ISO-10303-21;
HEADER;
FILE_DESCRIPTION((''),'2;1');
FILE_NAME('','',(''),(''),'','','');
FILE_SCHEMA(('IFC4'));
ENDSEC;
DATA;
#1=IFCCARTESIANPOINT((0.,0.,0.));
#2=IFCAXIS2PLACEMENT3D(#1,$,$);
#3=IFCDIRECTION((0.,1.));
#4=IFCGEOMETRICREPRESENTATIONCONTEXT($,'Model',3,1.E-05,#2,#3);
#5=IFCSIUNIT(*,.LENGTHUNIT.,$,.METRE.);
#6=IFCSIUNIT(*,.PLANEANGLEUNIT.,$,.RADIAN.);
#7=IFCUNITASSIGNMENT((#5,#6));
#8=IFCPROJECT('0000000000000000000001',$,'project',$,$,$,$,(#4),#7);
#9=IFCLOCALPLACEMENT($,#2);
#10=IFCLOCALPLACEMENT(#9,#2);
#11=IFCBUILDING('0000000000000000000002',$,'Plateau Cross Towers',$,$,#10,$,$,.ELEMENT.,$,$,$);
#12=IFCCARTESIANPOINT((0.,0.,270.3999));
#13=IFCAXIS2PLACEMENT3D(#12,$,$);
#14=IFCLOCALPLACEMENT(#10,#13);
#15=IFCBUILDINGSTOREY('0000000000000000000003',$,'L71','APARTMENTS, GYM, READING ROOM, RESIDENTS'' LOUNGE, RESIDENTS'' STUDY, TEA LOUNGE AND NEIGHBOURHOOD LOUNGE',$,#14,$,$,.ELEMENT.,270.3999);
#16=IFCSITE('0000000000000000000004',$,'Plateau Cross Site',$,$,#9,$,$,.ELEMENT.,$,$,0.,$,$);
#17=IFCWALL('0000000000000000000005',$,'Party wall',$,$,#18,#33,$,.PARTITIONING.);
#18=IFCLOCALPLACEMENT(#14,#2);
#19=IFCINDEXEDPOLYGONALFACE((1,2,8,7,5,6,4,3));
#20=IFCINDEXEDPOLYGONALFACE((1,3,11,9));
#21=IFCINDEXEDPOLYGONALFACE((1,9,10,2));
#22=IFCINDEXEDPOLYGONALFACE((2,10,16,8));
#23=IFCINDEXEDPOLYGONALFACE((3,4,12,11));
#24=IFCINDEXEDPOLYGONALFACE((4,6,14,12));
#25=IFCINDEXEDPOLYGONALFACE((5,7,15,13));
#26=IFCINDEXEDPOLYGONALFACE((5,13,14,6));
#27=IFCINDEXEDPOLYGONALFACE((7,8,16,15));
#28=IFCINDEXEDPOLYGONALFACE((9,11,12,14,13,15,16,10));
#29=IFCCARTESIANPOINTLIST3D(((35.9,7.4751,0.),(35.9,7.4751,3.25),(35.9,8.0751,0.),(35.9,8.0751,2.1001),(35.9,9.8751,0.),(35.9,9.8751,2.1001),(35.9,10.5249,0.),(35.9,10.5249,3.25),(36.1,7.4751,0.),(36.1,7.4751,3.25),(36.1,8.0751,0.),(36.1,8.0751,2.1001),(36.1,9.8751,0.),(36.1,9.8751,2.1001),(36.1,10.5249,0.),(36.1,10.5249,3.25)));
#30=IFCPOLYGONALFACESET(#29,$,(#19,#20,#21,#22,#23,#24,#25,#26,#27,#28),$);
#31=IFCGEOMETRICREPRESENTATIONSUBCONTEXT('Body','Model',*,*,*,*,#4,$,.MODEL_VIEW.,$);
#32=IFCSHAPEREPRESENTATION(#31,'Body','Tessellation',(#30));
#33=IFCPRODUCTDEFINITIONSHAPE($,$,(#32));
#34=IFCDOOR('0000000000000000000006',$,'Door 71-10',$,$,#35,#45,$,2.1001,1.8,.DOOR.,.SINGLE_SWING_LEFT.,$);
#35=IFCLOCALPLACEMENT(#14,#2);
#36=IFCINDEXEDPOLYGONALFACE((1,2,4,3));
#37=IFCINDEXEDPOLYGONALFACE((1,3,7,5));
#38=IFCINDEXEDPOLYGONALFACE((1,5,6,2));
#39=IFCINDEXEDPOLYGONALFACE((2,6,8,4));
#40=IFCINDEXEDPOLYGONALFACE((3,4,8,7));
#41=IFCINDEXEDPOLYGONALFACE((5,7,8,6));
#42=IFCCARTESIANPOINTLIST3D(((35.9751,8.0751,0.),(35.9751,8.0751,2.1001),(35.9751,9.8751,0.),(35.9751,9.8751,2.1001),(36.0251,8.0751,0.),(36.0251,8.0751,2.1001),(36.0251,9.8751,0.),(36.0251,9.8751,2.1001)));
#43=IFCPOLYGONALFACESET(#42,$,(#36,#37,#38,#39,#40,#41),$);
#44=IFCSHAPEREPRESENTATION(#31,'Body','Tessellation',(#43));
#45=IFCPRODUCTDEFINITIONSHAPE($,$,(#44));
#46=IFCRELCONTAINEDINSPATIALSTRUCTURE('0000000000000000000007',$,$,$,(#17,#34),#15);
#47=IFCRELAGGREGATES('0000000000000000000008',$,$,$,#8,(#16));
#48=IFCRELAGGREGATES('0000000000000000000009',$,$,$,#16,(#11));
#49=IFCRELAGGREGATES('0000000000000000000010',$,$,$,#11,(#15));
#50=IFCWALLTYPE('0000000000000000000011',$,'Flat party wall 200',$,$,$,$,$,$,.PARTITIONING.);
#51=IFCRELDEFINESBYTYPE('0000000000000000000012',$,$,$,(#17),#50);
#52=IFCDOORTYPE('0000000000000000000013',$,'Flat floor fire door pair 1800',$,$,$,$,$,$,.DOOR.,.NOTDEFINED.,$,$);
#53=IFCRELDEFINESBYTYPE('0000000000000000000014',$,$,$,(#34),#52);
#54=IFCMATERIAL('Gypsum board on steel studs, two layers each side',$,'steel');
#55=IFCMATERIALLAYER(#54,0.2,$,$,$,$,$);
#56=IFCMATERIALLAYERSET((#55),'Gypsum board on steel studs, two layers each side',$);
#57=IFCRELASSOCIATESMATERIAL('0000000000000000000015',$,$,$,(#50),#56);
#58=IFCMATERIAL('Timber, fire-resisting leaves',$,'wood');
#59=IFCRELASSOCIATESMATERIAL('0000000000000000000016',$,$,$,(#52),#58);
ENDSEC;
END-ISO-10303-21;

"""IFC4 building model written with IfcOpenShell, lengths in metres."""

from ifc_helpers import new_model, si_unit, direction, frame, frame_2d, origin, place, context, subcontext, project, spatial, rectangle, extrude, material, layer, layer_set, type_object, element, fill, save


model = new_model("IFC4")

# Units and contexts
model_context = context("Model", 3, precision=1e-05, world=origin(), true_north=direction((0.0, 1.0)))
body_context = subcontext(model_context, "Body", "Model", "MODEL_VIEW")
ifc_project = project(units=[si_unit("LENGTHUNIT", "METRE"), si_unit("PLANEANGLEUNIT", "RADIAN")], contexts=[model_context])

# Site, building, storey
site_placement = place(None, origin())
site = spatial("IfcSite", under=ifc_project, at=site_placement, Name="Plateau Cross Site", CompositionType="ELEMENT", RefElevation=0.0)
building_placement = place(site_placement, origin())
building = spatial("IfcBuilding", under=site, at=building_placement, Name="Plateau Cross Towers", CompositionType="ELEMENT")
storey_placement = place(building_placement, frame((0.0, 0.0, 270.3999)))
storey = spatial("IfcBuildingStorey", under=building, at=storey_placement, Name="L71", Description="APARTMENTS, GYM, READING ROOM, RESIDENTS' LOUNGE, RESIDENTS' STUDY, TEA LOUNGE AND NEIGHBOURHOOD LOUNGE", CompositionType="ELEMENT", Elevation=270.3999)

# Shared definitions
ifc_material_1 = material(Name="Gypsum board on steel studs, two layers each side", Category="steel")
ifc_layer_1 = layer(ifc_material_1, 0.2)
ifc_layer_set_1 = layer_set([ifc_layer_1], Name="Gypsum board on steel studs, two layers each side")
wall_type_1 = type_object("IfcWallType", Name="Flat party wall 200", PredefinedType="PARTITIONING", material=ifc_layer_set_1)

# Wall, opening, door
wall_1_placement = place(storey_placement, frame((36.0, 7.4751, 0.0), z_axis=(0.0, 0.0, 1.0), x_axis=(0.0, 1.0, 0.0)))
wall_1 = element("IfcWall", 1, at=wall_1_placement, inside=storey, type_object=wall_type_1, Name="Party wall", PredefinedType="PARTITIONING", context=body_context, shape_type="SweptSolid", body=[
    extrude(rectangle(XDim=3.0498, YDim=0.2, at=frame_2d((1.5249, 0.0))), origin(), (0.0, 0.0, 1.0), 3.25),
])
opening_1_placement = place(wall_1_placement, frame((0.6001, 0.0, 0.0)))
opening_1 = element("IfcOpeningElement", 2, at=opening_1_placement, cuts=wall_1, PredefinedType="OPENING", context=body_context, shape_type="SweptSolid", body=[
    extrude(rectangle(XDim=1.8, YDim=2.1001, at=frame_2d((0.8999, 1.05))), frame((0.0, 0.1099, 0.0), z_axis=(0.0, -1.0, 0.0), x_axis=(1.0, 0.0, 0.0)), (0.0, 0.0, 1.0), 0.22),
])
ifc_material_2 = material(Name="Timber, fire-resisting leaves", Category="wood")
door_type_1 = type_object("IfcDoorType", Name="Flat floor fire door pair 1800", OperationType="NOTDEFINED", PredefinedType="DOOR", material=ifc_material_2)
door_1_placement = place(opening_1_placement, origin())
door_1 = element("IfcDoor", 3, at=door_1_placement, inside=storey, type_object=door_type_1, Name="Door 71-10", OperationType="SINGLE_SWING_LEFT", OverallHeight=2.1001, OverallWidth=1.8, PredefinedType="DOOR", context=body_context, shape_type="SweptSolid", body=[
    extrude(rectangle(XDim=1.8, YDim=2.1001, at=frame_2d((0.8999, 1.05))), frame((0.0, 0.0249, 0.0), z_axis=(0.0, -1.0, 0.0), x_axis=(1.0, 0.0, 0.0)), (0.0, 0.0, 1.0), 0.05),
])
fill(opening_1, door_1)

save(model, "model.ifc")
